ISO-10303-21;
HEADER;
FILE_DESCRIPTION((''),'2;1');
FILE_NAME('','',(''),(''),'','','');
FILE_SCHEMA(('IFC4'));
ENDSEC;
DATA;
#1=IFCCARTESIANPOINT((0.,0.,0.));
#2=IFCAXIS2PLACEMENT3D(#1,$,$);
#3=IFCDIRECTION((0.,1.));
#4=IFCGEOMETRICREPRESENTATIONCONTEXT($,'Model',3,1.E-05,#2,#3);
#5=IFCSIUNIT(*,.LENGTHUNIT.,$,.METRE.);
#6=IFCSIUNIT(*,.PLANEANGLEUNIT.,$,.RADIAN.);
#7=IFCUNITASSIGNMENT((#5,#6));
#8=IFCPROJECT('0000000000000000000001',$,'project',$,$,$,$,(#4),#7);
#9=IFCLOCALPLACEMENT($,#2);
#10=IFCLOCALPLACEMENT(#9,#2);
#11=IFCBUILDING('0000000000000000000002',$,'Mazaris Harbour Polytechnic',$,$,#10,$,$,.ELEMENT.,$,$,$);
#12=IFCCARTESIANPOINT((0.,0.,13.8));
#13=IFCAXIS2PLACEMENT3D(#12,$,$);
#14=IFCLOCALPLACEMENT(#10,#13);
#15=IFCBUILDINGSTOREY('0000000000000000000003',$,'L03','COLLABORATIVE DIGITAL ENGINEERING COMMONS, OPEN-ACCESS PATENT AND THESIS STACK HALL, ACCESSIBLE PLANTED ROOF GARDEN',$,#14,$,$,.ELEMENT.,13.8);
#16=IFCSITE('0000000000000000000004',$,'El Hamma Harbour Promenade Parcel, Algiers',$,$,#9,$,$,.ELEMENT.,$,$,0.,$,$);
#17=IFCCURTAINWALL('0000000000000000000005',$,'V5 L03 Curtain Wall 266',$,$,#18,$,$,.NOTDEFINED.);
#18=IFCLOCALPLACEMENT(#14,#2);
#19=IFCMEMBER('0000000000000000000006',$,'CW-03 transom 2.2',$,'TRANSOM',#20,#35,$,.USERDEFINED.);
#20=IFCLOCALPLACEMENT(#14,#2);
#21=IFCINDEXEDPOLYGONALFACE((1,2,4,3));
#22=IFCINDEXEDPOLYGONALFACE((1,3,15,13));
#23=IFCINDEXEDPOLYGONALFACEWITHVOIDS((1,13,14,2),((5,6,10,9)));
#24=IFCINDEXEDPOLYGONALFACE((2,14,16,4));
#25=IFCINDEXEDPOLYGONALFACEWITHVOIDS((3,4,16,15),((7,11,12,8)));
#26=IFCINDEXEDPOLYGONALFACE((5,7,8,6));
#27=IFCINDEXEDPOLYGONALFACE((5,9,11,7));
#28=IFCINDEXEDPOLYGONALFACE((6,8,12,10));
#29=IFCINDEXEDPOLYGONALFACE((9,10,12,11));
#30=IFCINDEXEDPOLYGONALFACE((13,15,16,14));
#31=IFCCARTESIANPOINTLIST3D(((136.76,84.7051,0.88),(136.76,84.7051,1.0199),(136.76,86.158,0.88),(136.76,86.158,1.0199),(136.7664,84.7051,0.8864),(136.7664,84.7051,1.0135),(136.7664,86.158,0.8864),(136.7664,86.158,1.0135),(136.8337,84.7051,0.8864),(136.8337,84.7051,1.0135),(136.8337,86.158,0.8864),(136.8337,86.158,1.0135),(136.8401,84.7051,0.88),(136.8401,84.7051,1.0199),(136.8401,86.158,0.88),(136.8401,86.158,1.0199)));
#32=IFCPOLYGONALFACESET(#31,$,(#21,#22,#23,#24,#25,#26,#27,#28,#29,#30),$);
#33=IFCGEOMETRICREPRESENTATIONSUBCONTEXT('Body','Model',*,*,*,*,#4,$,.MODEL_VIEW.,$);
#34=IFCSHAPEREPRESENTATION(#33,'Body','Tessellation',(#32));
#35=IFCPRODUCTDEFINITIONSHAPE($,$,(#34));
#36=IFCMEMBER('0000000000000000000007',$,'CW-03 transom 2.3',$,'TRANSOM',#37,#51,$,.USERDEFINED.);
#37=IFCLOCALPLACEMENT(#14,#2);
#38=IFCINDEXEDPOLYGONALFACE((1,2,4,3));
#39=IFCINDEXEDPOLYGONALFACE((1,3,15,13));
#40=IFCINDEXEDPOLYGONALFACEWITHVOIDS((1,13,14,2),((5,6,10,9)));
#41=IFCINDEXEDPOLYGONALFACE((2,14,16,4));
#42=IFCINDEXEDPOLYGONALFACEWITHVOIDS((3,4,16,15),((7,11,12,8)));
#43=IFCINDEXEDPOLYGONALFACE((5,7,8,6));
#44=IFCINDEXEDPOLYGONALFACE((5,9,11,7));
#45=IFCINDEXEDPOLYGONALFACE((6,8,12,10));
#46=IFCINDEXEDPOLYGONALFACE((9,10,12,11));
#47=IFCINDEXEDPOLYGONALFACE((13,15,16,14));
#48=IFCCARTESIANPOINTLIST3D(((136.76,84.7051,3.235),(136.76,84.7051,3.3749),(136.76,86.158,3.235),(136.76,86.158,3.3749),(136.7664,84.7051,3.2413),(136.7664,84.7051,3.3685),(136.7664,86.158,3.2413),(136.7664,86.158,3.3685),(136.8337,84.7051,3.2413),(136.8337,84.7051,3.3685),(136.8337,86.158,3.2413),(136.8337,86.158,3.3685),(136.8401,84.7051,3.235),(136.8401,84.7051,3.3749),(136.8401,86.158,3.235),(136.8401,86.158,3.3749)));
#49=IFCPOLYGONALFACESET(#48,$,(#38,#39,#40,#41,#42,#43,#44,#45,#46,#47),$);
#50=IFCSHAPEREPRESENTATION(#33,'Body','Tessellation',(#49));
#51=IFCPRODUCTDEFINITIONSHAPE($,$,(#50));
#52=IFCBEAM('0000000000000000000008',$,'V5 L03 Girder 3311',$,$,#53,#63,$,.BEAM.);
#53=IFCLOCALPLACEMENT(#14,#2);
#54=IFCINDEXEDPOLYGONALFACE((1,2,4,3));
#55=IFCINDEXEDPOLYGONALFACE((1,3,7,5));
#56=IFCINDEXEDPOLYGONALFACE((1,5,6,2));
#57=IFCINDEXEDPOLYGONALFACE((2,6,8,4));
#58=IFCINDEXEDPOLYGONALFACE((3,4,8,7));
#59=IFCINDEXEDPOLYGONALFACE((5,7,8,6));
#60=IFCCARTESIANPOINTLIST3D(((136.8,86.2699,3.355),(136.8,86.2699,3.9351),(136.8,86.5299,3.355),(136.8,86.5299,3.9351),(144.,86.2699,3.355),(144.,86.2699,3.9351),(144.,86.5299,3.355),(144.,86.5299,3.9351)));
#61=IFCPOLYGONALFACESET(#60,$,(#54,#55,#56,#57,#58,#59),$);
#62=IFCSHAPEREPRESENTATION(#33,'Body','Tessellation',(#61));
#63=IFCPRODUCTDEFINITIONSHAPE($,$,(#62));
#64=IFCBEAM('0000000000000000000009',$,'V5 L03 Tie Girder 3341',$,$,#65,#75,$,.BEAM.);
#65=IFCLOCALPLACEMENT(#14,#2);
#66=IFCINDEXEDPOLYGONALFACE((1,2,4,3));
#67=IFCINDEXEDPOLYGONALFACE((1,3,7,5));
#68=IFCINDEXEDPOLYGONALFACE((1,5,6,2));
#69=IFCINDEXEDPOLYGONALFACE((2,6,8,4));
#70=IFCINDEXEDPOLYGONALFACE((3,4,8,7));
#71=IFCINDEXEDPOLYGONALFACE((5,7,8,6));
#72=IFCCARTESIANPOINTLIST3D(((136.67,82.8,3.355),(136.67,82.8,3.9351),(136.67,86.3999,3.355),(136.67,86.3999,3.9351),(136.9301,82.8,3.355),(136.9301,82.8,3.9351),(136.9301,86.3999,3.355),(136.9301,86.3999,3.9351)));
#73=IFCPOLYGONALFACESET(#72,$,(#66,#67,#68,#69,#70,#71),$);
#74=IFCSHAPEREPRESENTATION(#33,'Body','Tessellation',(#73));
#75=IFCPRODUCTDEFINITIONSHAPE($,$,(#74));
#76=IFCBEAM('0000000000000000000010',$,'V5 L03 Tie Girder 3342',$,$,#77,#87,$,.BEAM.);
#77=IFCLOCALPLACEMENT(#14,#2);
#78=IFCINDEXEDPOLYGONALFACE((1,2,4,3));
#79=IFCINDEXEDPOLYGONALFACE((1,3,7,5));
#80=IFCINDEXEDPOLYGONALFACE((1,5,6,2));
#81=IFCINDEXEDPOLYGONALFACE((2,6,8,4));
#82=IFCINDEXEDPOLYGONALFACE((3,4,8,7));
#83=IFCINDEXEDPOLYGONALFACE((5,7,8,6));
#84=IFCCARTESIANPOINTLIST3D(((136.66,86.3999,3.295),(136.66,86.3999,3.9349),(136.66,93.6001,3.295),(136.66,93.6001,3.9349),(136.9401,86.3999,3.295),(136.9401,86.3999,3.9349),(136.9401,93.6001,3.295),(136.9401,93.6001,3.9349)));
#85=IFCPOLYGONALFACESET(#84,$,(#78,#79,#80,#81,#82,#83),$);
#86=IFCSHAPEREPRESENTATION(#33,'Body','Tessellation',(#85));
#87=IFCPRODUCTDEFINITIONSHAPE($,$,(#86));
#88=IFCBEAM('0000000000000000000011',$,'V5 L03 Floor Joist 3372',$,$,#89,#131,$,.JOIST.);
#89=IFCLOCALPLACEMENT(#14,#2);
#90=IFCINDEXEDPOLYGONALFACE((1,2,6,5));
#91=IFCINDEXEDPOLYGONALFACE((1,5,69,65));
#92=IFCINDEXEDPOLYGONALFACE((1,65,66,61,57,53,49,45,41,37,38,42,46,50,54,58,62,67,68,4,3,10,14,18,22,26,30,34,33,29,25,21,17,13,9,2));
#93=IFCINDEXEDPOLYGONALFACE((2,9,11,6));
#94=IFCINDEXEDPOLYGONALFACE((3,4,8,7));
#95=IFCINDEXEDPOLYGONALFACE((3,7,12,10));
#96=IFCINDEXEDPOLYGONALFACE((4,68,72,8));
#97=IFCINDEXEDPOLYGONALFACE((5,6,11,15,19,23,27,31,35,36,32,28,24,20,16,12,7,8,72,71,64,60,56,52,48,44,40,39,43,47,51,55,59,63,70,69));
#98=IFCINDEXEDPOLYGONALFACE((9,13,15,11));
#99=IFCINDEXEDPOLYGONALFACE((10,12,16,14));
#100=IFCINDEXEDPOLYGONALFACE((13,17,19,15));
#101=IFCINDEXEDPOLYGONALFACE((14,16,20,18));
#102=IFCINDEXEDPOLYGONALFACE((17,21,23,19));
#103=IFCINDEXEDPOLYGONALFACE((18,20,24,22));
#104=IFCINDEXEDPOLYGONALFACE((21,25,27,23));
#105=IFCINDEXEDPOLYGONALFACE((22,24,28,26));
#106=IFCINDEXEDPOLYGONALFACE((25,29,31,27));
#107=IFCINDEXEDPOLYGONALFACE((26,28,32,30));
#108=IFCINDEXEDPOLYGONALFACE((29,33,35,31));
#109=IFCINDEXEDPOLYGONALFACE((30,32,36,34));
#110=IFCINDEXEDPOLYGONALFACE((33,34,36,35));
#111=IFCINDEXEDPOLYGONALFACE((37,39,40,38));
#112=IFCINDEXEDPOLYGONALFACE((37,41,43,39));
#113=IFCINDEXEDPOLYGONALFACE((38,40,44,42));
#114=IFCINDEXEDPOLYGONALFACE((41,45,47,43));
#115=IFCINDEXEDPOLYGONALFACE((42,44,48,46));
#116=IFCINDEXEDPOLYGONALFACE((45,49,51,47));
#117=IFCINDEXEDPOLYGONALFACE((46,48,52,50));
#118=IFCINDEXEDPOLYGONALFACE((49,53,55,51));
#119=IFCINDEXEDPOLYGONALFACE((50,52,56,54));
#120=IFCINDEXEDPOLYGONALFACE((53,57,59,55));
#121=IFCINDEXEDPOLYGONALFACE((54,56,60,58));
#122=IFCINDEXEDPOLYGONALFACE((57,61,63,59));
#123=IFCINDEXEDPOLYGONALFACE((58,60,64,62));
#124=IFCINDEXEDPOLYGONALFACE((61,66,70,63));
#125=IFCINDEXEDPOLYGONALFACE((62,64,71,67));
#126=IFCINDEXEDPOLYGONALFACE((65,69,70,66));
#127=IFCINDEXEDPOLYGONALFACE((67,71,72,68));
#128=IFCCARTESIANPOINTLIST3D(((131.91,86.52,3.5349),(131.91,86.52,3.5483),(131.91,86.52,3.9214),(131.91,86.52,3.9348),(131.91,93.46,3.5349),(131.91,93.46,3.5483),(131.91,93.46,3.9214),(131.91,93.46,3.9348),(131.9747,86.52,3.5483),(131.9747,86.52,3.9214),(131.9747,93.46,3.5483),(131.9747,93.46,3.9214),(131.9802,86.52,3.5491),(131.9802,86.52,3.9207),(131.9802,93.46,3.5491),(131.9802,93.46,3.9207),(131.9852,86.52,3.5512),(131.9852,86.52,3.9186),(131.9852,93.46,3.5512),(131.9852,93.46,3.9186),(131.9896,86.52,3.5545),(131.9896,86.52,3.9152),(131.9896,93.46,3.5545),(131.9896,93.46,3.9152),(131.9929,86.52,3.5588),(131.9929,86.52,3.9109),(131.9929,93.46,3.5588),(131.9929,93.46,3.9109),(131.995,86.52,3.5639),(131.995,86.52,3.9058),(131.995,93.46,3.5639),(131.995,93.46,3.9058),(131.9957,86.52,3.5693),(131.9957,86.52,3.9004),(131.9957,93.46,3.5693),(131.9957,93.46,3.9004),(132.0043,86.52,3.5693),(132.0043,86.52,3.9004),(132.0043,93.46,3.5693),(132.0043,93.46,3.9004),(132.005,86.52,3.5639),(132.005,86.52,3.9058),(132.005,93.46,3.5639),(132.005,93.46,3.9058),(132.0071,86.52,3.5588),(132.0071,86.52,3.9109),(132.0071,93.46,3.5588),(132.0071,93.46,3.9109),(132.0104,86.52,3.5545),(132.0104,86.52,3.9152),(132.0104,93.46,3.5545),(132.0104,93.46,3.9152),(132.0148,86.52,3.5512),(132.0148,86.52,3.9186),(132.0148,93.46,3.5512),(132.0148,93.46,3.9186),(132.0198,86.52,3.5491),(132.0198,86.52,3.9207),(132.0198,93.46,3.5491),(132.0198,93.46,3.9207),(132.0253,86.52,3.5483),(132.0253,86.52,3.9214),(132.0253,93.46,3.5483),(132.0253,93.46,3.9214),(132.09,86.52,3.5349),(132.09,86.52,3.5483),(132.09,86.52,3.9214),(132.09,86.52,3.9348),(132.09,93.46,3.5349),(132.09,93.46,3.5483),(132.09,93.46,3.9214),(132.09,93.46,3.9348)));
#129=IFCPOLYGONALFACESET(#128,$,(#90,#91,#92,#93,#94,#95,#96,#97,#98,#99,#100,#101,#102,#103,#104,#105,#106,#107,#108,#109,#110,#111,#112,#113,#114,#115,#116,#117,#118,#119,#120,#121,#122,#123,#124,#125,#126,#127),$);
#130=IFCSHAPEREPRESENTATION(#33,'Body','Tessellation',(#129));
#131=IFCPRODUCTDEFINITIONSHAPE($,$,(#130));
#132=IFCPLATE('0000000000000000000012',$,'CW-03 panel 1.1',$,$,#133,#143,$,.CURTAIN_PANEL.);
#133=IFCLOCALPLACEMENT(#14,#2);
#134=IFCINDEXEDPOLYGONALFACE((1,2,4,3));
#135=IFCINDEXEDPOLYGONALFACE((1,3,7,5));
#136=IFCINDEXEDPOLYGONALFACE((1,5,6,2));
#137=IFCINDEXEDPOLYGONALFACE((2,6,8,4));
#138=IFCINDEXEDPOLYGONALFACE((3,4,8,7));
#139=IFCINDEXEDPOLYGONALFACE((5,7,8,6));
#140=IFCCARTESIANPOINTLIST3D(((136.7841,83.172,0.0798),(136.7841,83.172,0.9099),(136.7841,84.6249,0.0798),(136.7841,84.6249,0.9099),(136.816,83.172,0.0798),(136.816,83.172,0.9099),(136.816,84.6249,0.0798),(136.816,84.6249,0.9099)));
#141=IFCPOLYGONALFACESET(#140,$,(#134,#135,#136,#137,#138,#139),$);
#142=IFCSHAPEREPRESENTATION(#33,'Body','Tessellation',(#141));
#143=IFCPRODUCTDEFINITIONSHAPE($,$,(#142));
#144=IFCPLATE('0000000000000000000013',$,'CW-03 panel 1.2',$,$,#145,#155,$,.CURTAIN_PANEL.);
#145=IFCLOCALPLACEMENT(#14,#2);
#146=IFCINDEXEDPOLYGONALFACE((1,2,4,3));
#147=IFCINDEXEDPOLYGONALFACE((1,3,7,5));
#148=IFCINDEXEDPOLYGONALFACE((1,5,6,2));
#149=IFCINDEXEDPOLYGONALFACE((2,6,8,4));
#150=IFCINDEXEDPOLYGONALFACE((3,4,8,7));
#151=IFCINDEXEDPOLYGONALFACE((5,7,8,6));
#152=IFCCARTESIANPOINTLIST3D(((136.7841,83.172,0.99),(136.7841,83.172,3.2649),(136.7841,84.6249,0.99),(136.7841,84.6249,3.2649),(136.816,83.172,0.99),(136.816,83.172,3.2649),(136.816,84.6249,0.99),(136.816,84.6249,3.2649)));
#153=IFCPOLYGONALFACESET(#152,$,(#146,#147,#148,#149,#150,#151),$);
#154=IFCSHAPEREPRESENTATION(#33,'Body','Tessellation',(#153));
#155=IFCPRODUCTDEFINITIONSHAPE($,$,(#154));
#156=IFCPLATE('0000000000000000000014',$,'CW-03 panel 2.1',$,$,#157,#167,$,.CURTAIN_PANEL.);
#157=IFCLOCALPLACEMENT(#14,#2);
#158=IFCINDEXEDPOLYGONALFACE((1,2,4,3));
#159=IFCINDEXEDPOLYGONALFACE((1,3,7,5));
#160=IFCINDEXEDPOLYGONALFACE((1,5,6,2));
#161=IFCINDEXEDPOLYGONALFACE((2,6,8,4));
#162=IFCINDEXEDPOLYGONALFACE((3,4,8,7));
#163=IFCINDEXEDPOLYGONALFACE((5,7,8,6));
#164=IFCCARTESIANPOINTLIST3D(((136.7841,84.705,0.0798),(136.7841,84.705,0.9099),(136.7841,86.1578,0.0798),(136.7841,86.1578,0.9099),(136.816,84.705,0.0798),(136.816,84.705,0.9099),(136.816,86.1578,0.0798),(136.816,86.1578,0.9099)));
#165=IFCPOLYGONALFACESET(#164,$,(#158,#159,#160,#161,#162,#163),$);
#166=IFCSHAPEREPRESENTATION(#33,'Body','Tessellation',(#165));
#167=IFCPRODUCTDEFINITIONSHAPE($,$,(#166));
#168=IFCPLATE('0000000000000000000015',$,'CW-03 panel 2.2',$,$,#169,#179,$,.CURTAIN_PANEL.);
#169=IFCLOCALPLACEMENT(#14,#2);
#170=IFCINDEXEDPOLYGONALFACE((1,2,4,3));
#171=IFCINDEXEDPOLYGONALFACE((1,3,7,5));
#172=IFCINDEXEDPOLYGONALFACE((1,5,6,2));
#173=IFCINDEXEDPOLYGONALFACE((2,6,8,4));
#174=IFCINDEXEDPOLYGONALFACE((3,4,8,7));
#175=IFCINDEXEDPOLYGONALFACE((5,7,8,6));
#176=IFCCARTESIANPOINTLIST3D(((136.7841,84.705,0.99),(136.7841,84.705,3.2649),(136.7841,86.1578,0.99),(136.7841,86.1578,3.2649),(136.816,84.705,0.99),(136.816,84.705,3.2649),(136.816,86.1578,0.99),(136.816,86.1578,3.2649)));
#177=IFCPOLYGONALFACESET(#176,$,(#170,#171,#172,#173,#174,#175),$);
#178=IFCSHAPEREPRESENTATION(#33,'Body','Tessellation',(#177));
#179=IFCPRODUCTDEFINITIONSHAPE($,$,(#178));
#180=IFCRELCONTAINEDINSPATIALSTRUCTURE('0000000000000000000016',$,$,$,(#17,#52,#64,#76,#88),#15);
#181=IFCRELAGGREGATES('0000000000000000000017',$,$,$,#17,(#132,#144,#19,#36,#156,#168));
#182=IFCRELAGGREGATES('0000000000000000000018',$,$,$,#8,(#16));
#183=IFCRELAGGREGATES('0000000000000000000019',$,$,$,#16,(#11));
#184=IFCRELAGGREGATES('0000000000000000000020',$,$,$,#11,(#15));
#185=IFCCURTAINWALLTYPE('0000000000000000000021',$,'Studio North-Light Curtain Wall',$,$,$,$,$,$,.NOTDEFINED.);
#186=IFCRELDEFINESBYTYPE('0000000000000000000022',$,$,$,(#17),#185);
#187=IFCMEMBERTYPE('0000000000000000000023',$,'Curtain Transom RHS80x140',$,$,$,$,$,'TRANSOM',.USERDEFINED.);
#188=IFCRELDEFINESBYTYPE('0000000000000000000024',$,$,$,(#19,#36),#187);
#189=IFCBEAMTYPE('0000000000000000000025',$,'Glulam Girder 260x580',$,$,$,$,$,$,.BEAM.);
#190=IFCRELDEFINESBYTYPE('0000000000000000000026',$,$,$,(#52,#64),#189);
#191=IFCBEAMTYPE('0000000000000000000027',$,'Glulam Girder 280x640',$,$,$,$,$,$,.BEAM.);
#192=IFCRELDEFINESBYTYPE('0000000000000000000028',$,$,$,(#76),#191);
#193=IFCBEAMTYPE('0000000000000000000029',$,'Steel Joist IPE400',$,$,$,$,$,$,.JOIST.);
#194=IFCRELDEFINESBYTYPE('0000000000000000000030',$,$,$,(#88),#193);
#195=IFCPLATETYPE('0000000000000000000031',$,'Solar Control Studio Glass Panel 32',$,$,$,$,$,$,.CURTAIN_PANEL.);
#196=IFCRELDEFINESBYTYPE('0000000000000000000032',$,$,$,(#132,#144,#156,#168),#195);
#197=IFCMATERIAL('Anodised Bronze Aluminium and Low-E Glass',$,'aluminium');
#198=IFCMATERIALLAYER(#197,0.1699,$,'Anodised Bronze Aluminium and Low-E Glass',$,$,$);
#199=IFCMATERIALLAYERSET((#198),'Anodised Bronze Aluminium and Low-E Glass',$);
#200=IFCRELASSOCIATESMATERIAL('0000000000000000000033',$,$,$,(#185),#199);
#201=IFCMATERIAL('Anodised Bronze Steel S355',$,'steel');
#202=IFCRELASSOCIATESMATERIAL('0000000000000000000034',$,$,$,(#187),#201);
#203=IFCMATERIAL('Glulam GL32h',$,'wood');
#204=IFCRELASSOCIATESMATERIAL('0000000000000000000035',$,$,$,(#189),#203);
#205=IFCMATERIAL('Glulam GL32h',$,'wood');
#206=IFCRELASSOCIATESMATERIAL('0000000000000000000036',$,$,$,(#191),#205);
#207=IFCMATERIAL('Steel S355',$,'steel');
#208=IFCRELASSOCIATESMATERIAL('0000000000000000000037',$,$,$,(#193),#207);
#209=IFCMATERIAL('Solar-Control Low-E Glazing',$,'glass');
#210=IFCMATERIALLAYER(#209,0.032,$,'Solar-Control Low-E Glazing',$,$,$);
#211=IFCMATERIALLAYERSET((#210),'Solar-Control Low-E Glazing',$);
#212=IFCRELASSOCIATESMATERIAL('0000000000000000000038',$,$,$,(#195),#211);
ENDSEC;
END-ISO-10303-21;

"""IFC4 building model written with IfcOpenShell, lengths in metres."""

from ifc_helpers import new_model, si_unit, direction, frame, origin, origin_2d, place, context, subcontext, project, spatial, rectangle, hollow_rectangle, i_section, extrude, material, layer, layer_set, material_profile, profile_set, type_object, element, aggregate, save


model = new_model("IFC4")

# Units and contexts
model_context = context("Model", 3, precision=1e-05, world=origin(), true_north=direction((0.0, 1.0)))
body_context = subcontext(model_context, "Body", "Model", "MODEL_VIEW")
ifc_project = project(units=[si_unit("LENGTHUNIT", "METRE"), si_unit("PLANEANGLEUNIT", "RADIAN")], contexts=[model_context])

# Site, building, storey
site_placement = place(None, origin())
site = spatial("IfcSite", under=ifc_project, at=site_placement, Name="El Hamma Harbour Promenade Parcel, Algiers", CompositionType="ELEMENT", RefElevation=0.0)
building_placement = place(site_placement, origin())
building = spatial("IfcBuilding", under=site, at=building_placement, Name="Mazaris Harbour Polytechnic", CompositionType="ELEMENT")
storey_placement = place(building_placement, frame((0.0, 0.0, 13.8)))
storey = spatial("IfcBuildingStorey", under=building, at=storey_placement, Name="L03", Description="COLLABORATIVE DIGITAL ENGINEERING COMMONS, OPEN-ACCESS PATENT AND THESIS STACK HALL, ACCESSIBLE PLANTED ROOF GARDEN", CompositionType="ELEMENT", Elevation=13.8)

# Shared definitions
ifc_material_1 = material(Name="Anodised Bronze Aluminium and Low-E Glass", Category="aluminium")
ifc_layer_1 = layer(ifc_material_1, 0.1699, Name="Anodised Bronze Aluminium and Low-E Glass")
ifc_layer_set_1 = layer_set([ifc_layer_1], Name="Anodised Bronze Aluminium and Low-E Glass")
curtain_wall_type = type_object("IfcCurtainWallType", Name="Studio North-Light Curtain Wall", PredefinedType="NOTDEFINED", material=ifc_layer_set_1)

# Curtain wall, members
curtain_wall_1_placement = place(storey_placement, origin())
curtain_wall_1 = element("IfcCurtainWall", 1, at=curtain_wall_1_placement, inside=storey, type_object=curtain_wall_type, Name="V5 L03 Curtain Wall 266", PredefinedType="NOTDEFINED")
ifc_material_2 = material(Name="Anodised Bronze Steel S355", Category="steel")
ifc_material_profile_1 = material_profile(ifc_material_2, hollow_rectangle(XDim=0.0801, YDim=0.1399, WallThickness=0.0063, at=origin_2d()), Name="RHS 80x140x6.3")
ifc_profile_set_1 = profile_set([ifc_material_profile_1], Name="Anodised Bronze Steel S355")
member_type_1 = type_object("IfcMemberType", Name="Curtain Transom RHS80x140", ElementType="TRANSOM", PredefinedType="USERDEFINED", material=ifc_profile_set_1)
member_1_placement = place(storey_placement, frame((136.8, 84.7051, 0.95), z_axis=(0.0, 1.0, 0.0), x_axis=(-1.0, 0.0, 0.0)))
member_1 = element("IfcMember", 2, at=member_1_placement, type_object=member_type_1, Name="CW-03 transom 2.2", ObjectType="TRANSOM", PredefinedType="USERDEFINED", context=body_context, shape_type="SweptSolid", body=[
    extrude(hollow_rectangle(XDim=0.0801, YDim=0.1399, WallThickness=0.0063, at=origin_2d()), origin(), (0.0, 0.0, 1.0), 1.4529),
])
member_2_placement = place(storey_placement, frame((136.8, 84.7051, 3.3049), z_axis=(0.0, 1.0, 0.0), x_axis=(-1.0, 0.0, 0.0)))
member_2 = element("IfcMember", 3, at=member_2_placement, type_object=member_type_1, Name="CW-03 transom 2.3", ObjectType="TRANSOM", PredefinedType="USERDEFINED", context=body_context, shape_type="SweptSolid", body=[
    extrude(hollow_rectangle(XDim=0.0801, YDim=0.1399, WallThickness=0.0063, at=origin_2d()), origin(), (0.0, 0.0, 1.0), 1.4529),
])

# Beams
ifc_material_3 = material(Name="Glulam GL32h", Category="wood")
ifc_material_profile_2 = material_profile(ifc_material_3, rectangle(XDim=0.26, YDim=0.5801, at=origin_2d()), Name="RECT260x580")
ifc_profile_set_2 = profile_set([ifc_material_profile_2], Name="Glulam GL32h")
beam_type_1 = type_object("IfcBeamType", Name="Glulam Girder 260x580", PredefinedType="BEAM", material=ifc_profile_set_2)
beam_1_placement = place(storey_placement, frame((136.8, 86.3999, 3.645), z_axis=(1.0, 0.0, 0.0), x_axis=(0.0, 1.0, 0.0)))
element("IfcBeam", 4, at=beam_1_placement, inside=storey, type_object=beam_type_1, Name="V5 L03 Girder 3311", PredefinedType="BEAM", context=body_context, shape_type="SweptSolid", body=[
    extrude(rectangle(XDim=0.26, YDim=0.5801, at=origin_2d()), origin(), (0.0, 0.0, 1.0), 7.2),
])
beam_2_placement = place(storey_placement, frame((136.8, 82.8, 3.645), z_axis=(0.0, 1.0, 0.0), x_axis=(-1.0, 0.0, 0.0)))
element("IfcBeam", 5, at=beam_2_placement, inside=storey, type_object=beam_type_1, Name="V5 L03 Tie Girder 3341", PredefinedType="BEAM", context=body_context, shape_type="SweptSolid", body=[
    extrude(rectangle(XDim=0.26, YDim=0.5801, at=origin_2d()), origin(), (0.0, 0.0, 1.0), 3.5999),
])
ifc_material_4 = material(Name="Glulam GL32h", Category="wood")
ifc_material_profile_3 = material_profile(ifc_material_4, rectangle(XDim=0.28, YDim=0.6399, at=origin_2d()), Name="RECT280x640")
ifc_profile_set_3 = profile_set([ifc_material_profile_3], Name="Glulam GL32h")
beam_type_2 = type_object("IfcBeamType", Name="Glulam Girder 280x640", PredefinedType="BEAM", material=ifc_profile_set_3)
beam_3_placement = place(storey_placement, frame((136.8, 86.3999, 3.615), z_axis=(0.0, 1.0, 0.0), x_axis=(-1.0, 0.0, 0.0)))
element("IfcBeam", 6, at=beam_3_placement, inside=storey, type_object=beam_type_2, Name="V5 L03 Tie Girder 3342", PredefinedType="BEAM", context=body_context, shape_type="SweptSolid", body=[
    extrude(rectangle(XDim=0.28, YDim=0.6399, at=origin_2d()), origin(), (0.0, 0.0, 1.0), 7.2002),
])
ifc_material_5 = material(Name="Steel S355", Category="steel")
ifc_material_profile_4 = material_profile(ifc_material_5, i_section(OverallWidth=0.1799, OverallDepth=0.3999, WebThickness=0.0085, FlangeThickness=0.0134, FilletRadius=0.021, at=origin_2d()), Name="IPE 400")
ifc_profile_set_4 = profile_set([ifc_material_profile_4], Name="Steel S355")
beam_type_3 = type_object("IfcBeamType", Name="Steel Joist IPE400", PredefinedType="JOIST", material=ifc_profile_set_4)
beam_4_placement = place(storey_placement, frame((132.0, 86.52, 3.7349), z_axis=(0.0, 1.0, 0.0), x_axis=(-1.0, 0.0, 0.0)))
element("IfcBeam", 7, at=beam_4_placement, inside=storey, type_object=beam_type_3, Name="V5 L03 Floor Joist 3372", PredefinedType="JOIST", context=body_context, shape_type="SweptSolid", body=[
    extrude(i_section(OverallWidth=0.1799, OverallDepth=0.3999, WebThickness=0.0085, FlangeThickness=0.0134, FilletRadius=0.021, at=origin_2d()), origin(), (0.0, 0.0, 1.0), 6.9399),
])

# Plates
ifc_material_6 = material(Name="Solar-Control Low-E Glazing", Category="glass")
ifc_layer_2 = layer(ifc_material_6, 0.032, Name="Solar-Control Low-E Glazing")
ifc_layer_set_2 = layer_set([ifc_layer_2], Name="Solar-Control Low-E Glazing")
plate_type = type_object("IfcPlateType", Name="Solar Control Studio Glass Panel 32", PredefinedType="CURTAIN_PANEL", material=ifc_layer_set_2)
plate_1_placement = place(storey_placement, frame((136.8, 83.8984, 0.0798), z_axis=(0.0, 0.0, 1.0), x_axis=(0.0, 1.0, 0.0)))
plate_1 = element("IfcPlate", 8, at=plate_1_placement, type_object=plate_type, Name="CW-03 panel 1.1", PredefinedType="CURTAIN_PANEL", context=body_context, shape_type="SweptSolid", body=[
    extrude(rectangle(XDim=1.4529, YDim=0.032, at=origin_2d()), origin(), (0.0, 0.0, 1.0), 0.8301),
])
plate_2_placement = place(storey_placement, frame((136.8, 83.8984, 0.99), z_axis=(0.0, 0.0, 1.0), x_axis=(0.0, 1.0, 0.0)))
plate_2 = element("IfcPlate", 9, at=plate_2_placement, type_object=plate_type, Name="CW-03 panel 1.2", PredefinedType="CURTAIN_PANEL", context=body_context, shape_type="SweptSolid", body=[
    extrude(rectangle(XDim=1.4529, YDim=0.032, at=origin_2d()), origin(), (0.0, 0.0, 1.0), 2.2749),
])
plate_3_placement = place(storey_placement, frame((136.8, 85.4314, 0.0798), z_axis=(0.0, 0.0, 1.0), x_axis=(0.0, 1.0, 0.0)))
plate_3 = element("IfcPlate", 10, at=plate_3_placement, type_object=plate_type, Name="CW-03 panel 2.1", PredefinedType="CURTAIN_PANEL", context=body_context, shape_type="SweptSolid", body=[
    extrude(rectangle(XDim=1.4529, YDim=0.032, at=origin_2d()), origin(), (0.0, 0.0, 1.0), 0.8301),
])
plate_4_placement = place(storey_placement, frame((136.8, 85.4314, 0.99), z_axis=(0.0, 0.0, 1.0), x_axis=(0.0, 1.0, 0.0)))
plate_4 = element("IfcPlate", 11, at=plate_4_placement, type_object=plate_type, Name="CW-03 panel 2.2", PredefinedType="CURTAIN_PANEL", context=body_context, shape_type="SweptSolid", body=[
    extrude(rectangle(XDim=1.4529, YDim=0.032, at=origin_2d()), origin(), (0.0, 0.0, 1.0), 2.2749),
])
aggregate(curtain_wall_1, [plate_1, plate_2, member_1, member_2, plate_3, plate_4])

save(model, "model.ifc")
